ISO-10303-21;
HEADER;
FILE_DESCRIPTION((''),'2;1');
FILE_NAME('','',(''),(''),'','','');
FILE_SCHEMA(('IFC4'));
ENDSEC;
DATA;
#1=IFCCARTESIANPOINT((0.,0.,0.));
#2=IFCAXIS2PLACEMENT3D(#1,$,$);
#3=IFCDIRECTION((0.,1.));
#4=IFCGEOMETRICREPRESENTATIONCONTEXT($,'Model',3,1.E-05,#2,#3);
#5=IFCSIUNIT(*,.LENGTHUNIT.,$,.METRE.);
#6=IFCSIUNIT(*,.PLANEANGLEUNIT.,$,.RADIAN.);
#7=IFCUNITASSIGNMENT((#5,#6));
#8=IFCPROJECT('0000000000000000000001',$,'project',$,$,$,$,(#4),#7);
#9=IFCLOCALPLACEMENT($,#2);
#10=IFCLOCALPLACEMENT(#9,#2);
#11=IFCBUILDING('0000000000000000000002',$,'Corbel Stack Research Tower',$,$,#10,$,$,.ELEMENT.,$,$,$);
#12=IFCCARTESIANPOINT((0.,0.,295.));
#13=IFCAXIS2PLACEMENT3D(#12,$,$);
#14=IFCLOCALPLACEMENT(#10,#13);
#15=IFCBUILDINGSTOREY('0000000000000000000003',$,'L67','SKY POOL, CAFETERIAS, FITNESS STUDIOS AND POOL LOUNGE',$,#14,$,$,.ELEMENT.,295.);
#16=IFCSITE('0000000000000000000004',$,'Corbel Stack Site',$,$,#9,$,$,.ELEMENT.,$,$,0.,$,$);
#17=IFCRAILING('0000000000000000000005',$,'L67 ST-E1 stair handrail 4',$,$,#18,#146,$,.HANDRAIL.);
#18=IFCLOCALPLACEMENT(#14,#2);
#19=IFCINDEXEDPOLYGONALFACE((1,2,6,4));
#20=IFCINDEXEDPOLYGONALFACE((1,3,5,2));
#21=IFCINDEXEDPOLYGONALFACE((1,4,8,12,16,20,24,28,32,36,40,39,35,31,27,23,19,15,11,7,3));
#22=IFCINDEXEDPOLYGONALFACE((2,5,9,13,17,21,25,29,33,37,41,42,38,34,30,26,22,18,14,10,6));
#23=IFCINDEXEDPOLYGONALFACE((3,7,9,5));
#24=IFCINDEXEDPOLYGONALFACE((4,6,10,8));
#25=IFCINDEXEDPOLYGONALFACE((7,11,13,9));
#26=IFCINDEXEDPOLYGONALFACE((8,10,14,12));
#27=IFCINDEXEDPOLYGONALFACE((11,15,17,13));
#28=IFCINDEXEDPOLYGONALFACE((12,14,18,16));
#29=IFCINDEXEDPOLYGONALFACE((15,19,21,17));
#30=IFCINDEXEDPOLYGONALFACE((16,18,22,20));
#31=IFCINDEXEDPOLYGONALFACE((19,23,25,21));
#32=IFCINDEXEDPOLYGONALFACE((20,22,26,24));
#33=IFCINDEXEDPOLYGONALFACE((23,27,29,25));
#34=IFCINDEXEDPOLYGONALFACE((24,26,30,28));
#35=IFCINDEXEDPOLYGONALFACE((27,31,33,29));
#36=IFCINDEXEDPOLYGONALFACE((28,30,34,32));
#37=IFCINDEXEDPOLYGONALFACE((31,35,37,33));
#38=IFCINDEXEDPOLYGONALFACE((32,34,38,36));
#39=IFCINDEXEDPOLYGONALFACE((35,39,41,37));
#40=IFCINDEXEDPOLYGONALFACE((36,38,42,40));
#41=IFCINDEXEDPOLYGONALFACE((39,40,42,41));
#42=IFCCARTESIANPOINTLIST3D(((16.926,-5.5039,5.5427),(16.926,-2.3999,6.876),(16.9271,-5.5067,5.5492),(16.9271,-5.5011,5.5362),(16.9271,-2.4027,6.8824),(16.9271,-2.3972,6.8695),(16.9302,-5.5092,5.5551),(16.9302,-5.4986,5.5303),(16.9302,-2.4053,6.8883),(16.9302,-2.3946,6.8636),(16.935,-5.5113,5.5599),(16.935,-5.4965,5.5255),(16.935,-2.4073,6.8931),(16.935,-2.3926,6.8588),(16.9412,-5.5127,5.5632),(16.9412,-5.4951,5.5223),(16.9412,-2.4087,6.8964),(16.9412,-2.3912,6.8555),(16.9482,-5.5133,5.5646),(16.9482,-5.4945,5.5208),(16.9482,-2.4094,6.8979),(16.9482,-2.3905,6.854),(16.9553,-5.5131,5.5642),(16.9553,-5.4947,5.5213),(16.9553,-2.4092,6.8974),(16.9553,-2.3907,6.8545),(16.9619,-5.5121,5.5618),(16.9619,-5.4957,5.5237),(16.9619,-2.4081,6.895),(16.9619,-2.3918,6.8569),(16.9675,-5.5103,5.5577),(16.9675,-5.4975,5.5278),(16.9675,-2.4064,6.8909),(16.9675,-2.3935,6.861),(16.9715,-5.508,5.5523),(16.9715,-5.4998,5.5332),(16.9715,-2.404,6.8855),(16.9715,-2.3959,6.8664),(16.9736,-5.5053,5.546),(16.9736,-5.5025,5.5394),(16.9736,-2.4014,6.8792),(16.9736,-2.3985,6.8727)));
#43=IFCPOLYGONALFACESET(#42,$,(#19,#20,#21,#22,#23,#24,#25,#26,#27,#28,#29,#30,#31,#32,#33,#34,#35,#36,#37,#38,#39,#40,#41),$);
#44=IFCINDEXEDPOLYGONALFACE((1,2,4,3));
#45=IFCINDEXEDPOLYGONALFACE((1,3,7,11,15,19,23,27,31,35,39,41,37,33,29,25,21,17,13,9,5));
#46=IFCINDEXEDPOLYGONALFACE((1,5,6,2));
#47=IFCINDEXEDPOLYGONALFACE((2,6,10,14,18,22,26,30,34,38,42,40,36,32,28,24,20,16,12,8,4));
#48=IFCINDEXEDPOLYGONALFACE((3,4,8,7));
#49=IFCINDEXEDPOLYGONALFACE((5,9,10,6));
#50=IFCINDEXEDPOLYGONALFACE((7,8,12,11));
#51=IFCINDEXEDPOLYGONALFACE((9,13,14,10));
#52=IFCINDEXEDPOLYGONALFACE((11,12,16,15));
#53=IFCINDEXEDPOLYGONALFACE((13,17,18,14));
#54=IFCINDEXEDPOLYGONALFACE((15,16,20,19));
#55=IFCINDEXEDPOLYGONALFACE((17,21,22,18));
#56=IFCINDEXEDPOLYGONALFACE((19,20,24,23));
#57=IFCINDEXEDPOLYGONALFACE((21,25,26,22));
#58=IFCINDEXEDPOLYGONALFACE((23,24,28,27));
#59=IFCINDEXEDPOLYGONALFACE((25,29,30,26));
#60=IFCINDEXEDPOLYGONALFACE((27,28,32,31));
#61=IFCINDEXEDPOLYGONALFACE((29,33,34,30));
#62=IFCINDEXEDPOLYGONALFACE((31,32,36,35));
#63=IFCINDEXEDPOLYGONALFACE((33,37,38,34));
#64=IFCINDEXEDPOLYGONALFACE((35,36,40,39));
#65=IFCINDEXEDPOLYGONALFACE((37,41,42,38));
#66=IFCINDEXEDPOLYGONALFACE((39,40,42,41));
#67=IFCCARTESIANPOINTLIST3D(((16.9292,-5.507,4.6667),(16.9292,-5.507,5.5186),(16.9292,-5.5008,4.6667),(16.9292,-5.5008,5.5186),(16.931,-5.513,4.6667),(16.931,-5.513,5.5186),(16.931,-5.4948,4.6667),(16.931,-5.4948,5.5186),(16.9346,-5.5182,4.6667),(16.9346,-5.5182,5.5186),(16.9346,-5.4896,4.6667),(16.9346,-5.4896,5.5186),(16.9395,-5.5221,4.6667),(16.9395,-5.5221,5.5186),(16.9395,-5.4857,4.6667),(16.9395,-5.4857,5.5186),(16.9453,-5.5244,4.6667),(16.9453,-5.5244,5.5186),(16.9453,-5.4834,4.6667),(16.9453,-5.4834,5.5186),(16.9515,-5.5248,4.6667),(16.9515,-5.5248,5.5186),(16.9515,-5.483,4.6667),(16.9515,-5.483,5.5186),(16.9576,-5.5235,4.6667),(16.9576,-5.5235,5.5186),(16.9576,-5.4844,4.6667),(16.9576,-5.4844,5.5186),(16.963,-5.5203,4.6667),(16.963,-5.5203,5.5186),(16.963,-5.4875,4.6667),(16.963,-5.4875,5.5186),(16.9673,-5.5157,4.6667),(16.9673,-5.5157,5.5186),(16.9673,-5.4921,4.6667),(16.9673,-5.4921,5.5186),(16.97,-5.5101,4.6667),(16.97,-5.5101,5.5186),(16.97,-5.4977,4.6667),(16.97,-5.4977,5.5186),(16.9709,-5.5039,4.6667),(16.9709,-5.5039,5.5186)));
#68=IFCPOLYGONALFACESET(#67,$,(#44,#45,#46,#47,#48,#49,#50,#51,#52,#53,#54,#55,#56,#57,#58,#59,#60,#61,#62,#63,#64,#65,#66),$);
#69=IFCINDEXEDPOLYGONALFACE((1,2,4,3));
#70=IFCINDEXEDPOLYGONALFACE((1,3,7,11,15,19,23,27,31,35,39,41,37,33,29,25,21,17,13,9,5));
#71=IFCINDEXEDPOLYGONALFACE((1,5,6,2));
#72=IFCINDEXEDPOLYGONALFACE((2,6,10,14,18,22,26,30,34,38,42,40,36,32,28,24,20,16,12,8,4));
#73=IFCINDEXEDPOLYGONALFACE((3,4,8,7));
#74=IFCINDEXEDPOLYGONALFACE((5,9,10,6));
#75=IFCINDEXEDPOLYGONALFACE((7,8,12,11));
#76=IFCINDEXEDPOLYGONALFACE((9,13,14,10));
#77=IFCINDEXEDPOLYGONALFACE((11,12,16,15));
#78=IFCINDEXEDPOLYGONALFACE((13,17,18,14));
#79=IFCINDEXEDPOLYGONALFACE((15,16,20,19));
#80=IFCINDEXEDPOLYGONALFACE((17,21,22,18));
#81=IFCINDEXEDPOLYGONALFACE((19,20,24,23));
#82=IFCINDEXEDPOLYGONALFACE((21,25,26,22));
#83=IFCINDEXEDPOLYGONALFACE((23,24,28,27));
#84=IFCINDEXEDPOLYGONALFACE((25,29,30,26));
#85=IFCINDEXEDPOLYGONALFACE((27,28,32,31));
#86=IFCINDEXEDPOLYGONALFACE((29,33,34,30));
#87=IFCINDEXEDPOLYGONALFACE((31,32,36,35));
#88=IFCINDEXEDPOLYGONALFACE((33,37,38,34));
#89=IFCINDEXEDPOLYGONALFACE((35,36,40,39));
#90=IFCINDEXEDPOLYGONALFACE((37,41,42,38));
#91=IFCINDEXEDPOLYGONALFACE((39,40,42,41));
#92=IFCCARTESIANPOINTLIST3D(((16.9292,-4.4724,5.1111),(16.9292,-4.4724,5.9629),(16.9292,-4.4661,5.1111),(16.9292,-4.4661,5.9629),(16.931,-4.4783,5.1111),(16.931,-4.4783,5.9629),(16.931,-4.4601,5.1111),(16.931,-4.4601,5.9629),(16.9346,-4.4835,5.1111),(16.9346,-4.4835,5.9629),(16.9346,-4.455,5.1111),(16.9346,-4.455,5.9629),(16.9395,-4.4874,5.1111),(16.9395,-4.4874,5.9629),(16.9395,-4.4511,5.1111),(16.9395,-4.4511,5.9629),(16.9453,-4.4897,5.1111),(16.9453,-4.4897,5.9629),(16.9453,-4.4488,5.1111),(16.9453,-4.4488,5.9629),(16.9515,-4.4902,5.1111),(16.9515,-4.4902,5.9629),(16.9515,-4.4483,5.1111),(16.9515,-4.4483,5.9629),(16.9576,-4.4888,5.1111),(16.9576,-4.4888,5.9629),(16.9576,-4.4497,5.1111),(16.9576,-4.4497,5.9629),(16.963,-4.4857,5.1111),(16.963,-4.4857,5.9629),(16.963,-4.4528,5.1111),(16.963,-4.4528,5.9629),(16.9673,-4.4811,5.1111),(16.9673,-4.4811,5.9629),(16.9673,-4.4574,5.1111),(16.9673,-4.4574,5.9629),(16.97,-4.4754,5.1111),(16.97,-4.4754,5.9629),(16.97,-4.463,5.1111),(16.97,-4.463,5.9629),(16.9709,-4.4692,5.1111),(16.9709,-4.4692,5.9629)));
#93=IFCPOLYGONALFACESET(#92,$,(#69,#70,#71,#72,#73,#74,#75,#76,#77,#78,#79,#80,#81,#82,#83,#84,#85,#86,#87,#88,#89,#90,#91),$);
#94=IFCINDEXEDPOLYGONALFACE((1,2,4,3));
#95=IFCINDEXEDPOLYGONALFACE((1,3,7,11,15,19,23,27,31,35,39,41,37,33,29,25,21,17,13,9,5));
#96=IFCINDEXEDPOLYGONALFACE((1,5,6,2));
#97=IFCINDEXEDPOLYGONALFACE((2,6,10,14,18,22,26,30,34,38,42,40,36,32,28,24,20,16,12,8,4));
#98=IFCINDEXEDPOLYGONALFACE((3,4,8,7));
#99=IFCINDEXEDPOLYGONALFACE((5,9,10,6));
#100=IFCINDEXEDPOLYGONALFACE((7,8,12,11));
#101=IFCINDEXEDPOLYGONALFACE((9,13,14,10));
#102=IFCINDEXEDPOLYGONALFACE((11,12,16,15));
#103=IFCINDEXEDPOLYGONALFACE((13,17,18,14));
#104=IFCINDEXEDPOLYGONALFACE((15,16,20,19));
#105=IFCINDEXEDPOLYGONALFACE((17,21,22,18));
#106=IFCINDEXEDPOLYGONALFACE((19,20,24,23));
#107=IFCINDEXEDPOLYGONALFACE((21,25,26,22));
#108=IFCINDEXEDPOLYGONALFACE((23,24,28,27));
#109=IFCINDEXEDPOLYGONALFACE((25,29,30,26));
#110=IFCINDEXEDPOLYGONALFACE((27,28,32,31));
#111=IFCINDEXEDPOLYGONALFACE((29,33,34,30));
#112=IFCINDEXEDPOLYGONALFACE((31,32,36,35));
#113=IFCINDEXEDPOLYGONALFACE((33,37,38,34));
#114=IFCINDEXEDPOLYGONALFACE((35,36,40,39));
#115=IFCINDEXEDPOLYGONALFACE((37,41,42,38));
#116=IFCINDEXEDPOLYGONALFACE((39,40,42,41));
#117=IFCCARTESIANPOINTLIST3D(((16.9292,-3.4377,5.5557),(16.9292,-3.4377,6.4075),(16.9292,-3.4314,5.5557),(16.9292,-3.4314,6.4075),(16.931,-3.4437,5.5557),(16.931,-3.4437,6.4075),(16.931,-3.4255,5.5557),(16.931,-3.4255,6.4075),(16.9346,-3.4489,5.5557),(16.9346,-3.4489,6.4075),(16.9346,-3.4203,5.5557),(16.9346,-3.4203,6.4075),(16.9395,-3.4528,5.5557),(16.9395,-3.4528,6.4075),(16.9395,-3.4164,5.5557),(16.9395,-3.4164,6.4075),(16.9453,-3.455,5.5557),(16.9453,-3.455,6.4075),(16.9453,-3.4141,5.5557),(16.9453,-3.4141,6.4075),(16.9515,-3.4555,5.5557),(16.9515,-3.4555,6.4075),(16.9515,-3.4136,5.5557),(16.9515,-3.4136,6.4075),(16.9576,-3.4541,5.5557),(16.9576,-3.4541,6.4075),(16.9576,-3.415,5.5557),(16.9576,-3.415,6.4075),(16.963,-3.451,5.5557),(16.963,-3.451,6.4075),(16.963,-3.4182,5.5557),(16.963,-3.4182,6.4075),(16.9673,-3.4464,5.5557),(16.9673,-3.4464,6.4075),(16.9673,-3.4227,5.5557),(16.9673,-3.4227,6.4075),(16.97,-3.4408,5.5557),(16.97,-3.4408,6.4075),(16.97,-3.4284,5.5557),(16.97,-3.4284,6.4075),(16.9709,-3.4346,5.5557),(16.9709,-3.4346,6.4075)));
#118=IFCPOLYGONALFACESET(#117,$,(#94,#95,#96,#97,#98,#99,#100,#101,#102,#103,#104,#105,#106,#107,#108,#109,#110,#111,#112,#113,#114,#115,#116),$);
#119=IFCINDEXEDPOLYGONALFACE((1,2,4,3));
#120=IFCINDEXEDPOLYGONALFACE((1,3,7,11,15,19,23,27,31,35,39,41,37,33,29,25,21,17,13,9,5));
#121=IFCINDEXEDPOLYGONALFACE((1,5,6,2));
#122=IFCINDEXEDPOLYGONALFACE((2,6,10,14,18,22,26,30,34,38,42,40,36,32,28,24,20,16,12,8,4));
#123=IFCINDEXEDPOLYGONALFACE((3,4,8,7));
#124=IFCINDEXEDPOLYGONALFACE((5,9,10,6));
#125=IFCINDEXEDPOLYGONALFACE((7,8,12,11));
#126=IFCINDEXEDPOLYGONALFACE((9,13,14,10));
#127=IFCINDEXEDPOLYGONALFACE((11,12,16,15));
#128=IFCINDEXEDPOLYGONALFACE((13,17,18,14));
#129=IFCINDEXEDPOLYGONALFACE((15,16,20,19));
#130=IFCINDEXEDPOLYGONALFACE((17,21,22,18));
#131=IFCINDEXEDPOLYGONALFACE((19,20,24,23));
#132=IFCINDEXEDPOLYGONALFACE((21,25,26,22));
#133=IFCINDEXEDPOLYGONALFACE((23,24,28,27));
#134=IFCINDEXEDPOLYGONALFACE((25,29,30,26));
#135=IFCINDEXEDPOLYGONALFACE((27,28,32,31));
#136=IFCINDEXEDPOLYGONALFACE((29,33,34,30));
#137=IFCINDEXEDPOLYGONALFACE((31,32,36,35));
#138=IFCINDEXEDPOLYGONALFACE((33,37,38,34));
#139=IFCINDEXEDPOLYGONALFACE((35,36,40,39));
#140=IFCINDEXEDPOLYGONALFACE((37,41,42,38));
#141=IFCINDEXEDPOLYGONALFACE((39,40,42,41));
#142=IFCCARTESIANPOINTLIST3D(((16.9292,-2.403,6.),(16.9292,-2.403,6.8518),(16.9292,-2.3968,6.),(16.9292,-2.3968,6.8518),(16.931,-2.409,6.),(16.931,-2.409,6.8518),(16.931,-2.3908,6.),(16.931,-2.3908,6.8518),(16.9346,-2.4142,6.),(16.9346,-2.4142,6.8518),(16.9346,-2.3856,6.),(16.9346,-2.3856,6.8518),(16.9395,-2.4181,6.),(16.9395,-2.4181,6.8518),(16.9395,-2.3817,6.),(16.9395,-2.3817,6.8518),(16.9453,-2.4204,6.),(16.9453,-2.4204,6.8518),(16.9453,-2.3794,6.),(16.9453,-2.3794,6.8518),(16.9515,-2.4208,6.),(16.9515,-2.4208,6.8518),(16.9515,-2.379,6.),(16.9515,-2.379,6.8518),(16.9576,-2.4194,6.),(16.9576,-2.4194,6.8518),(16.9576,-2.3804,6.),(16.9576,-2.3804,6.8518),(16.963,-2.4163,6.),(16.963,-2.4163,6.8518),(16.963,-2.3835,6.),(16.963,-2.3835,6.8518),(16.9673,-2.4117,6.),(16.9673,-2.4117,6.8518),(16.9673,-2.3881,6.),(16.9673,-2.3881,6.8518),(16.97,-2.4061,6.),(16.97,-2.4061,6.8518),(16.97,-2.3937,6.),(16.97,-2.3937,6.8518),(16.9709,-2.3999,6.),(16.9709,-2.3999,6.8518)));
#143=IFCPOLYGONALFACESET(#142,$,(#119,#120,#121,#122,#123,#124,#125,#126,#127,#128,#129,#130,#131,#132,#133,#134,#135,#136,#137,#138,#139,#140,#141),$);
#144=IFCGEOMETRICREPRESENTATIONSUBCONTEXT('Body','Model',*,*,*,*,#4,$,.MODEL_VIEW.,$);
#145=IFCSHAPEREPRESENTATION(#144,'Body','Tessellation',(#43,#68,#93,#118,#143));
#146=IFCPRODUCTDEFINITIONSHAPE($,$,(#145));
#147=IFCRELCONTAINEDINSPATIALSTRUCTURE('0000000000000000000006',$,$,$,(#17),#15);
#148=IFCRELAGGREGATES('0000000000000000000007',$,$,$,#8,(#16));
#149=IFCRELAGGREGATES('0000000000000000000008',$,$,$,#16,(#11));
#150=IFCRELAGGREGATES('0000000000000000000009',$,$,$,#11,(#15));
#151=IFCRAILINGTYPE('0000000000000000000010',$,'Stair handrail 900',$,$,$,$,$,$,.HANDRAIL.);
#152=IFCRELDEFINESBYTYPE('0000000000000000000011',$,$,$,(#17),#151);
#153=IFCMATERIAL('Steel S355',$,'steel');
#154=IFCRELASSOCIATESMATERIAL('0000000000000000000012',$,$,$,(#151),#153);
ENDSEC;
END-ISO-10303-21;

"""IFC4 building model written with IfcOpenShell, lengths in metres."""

from ifc_helpers import new_model, si_unit, direction, frame, origin, origin_2d, place, context, subcontext, project, spatial, circle, extrude, material, type_object, element, save


model = new_model("IFC4")

# Units and contexts
model_context = context("Model", 3, precision=1e-05, world=origin(), true_north=direction((0.0, 1.0)))
body_context = subcontext(model_context, "Body", "Model", "MODEL_VIEW")
ifc_project = project(units=[si_unit("LENGTHUNIT", "METRE"), si_unit("PLANEANGLEUNIT", "RADIAN")], contexts=[model_context])

# Site, building, storey
site_placement = place(None, origin())
site = spatial("IfcSite", under=ifc_project, at=site_placement, Name="Corbel Stack Site", CompositionType="ELEMENT", RefElevation=0.0)
building_placement = place(site_placement, origin())
building = spatial("IfcBuilding", under=site, at=building_placement, Name="Corbel Stack Research Tower", CompositionType="ELEMENT")
storey_placement = place(building_placement, frame((0.0, 0.0, 295.0)))
storey = spatial("IfcBuildingStorey", under=building, at=storey_placement, Name="L67", Description="SKY POOL, CAFETERIAS, FITNESS STUDIOS AND POOL LOUNGE", CompositionType="ELEMENT", Elevation=295.0)

# Railing
ifc_material_1 = material(Name="Steel S355", Category="steel")
railing_type_1 = type_object("IfcRailingType", Name="Stair handrail 900", PredefinedType="HANDRAIL", material=ifc_material_1)
for number, where, name in (
    (1, (16.95, -5.5039, 4.6667), "L67 ST-E1 stair handrail 4"),
):
    element("IfcRailing", number, at=place(storey_placement, frame(where)), inside=storey, type_object=railing_type_1, Name=name, PredefinedType="HANDRAIL", context=body_context, shape_type="SweptSolid", body=[
        extrude(circle(Radius=0.0239, at=origin_2d()), frame((0.0, 0.0, 0.876), z_axis=(0.0, 0.918827, 0.394661), x_axis=(-1.0, 0.0, 0.0)), (0.0, 0.0, 1.0), 3.3782),
        extrude(circle(Radius=0.021, at=origin_2d()), origin(), (0.0, 0.0, 1.0), 0.8518),
        extrude(circle(Radius=0.021, at=origin_2d()), frame((0.0, 1.0347, 0.4443)), (0.0, 0.0, 1.0), 0.8518),
        extrude(circle(Radius=0.021, at=origin_2d()), frame((0.0, 2.0693, 0.8889)), (0.0, 0.0, 1.0), 0.8518),
        extrude(circle(Radius=0.021, at=origin_2d()), frame((0.0, 3.104, 1.3333)), (0.0, 0.0, 1.0), 0.8518),
    ])

save(model, "model.ifc")
